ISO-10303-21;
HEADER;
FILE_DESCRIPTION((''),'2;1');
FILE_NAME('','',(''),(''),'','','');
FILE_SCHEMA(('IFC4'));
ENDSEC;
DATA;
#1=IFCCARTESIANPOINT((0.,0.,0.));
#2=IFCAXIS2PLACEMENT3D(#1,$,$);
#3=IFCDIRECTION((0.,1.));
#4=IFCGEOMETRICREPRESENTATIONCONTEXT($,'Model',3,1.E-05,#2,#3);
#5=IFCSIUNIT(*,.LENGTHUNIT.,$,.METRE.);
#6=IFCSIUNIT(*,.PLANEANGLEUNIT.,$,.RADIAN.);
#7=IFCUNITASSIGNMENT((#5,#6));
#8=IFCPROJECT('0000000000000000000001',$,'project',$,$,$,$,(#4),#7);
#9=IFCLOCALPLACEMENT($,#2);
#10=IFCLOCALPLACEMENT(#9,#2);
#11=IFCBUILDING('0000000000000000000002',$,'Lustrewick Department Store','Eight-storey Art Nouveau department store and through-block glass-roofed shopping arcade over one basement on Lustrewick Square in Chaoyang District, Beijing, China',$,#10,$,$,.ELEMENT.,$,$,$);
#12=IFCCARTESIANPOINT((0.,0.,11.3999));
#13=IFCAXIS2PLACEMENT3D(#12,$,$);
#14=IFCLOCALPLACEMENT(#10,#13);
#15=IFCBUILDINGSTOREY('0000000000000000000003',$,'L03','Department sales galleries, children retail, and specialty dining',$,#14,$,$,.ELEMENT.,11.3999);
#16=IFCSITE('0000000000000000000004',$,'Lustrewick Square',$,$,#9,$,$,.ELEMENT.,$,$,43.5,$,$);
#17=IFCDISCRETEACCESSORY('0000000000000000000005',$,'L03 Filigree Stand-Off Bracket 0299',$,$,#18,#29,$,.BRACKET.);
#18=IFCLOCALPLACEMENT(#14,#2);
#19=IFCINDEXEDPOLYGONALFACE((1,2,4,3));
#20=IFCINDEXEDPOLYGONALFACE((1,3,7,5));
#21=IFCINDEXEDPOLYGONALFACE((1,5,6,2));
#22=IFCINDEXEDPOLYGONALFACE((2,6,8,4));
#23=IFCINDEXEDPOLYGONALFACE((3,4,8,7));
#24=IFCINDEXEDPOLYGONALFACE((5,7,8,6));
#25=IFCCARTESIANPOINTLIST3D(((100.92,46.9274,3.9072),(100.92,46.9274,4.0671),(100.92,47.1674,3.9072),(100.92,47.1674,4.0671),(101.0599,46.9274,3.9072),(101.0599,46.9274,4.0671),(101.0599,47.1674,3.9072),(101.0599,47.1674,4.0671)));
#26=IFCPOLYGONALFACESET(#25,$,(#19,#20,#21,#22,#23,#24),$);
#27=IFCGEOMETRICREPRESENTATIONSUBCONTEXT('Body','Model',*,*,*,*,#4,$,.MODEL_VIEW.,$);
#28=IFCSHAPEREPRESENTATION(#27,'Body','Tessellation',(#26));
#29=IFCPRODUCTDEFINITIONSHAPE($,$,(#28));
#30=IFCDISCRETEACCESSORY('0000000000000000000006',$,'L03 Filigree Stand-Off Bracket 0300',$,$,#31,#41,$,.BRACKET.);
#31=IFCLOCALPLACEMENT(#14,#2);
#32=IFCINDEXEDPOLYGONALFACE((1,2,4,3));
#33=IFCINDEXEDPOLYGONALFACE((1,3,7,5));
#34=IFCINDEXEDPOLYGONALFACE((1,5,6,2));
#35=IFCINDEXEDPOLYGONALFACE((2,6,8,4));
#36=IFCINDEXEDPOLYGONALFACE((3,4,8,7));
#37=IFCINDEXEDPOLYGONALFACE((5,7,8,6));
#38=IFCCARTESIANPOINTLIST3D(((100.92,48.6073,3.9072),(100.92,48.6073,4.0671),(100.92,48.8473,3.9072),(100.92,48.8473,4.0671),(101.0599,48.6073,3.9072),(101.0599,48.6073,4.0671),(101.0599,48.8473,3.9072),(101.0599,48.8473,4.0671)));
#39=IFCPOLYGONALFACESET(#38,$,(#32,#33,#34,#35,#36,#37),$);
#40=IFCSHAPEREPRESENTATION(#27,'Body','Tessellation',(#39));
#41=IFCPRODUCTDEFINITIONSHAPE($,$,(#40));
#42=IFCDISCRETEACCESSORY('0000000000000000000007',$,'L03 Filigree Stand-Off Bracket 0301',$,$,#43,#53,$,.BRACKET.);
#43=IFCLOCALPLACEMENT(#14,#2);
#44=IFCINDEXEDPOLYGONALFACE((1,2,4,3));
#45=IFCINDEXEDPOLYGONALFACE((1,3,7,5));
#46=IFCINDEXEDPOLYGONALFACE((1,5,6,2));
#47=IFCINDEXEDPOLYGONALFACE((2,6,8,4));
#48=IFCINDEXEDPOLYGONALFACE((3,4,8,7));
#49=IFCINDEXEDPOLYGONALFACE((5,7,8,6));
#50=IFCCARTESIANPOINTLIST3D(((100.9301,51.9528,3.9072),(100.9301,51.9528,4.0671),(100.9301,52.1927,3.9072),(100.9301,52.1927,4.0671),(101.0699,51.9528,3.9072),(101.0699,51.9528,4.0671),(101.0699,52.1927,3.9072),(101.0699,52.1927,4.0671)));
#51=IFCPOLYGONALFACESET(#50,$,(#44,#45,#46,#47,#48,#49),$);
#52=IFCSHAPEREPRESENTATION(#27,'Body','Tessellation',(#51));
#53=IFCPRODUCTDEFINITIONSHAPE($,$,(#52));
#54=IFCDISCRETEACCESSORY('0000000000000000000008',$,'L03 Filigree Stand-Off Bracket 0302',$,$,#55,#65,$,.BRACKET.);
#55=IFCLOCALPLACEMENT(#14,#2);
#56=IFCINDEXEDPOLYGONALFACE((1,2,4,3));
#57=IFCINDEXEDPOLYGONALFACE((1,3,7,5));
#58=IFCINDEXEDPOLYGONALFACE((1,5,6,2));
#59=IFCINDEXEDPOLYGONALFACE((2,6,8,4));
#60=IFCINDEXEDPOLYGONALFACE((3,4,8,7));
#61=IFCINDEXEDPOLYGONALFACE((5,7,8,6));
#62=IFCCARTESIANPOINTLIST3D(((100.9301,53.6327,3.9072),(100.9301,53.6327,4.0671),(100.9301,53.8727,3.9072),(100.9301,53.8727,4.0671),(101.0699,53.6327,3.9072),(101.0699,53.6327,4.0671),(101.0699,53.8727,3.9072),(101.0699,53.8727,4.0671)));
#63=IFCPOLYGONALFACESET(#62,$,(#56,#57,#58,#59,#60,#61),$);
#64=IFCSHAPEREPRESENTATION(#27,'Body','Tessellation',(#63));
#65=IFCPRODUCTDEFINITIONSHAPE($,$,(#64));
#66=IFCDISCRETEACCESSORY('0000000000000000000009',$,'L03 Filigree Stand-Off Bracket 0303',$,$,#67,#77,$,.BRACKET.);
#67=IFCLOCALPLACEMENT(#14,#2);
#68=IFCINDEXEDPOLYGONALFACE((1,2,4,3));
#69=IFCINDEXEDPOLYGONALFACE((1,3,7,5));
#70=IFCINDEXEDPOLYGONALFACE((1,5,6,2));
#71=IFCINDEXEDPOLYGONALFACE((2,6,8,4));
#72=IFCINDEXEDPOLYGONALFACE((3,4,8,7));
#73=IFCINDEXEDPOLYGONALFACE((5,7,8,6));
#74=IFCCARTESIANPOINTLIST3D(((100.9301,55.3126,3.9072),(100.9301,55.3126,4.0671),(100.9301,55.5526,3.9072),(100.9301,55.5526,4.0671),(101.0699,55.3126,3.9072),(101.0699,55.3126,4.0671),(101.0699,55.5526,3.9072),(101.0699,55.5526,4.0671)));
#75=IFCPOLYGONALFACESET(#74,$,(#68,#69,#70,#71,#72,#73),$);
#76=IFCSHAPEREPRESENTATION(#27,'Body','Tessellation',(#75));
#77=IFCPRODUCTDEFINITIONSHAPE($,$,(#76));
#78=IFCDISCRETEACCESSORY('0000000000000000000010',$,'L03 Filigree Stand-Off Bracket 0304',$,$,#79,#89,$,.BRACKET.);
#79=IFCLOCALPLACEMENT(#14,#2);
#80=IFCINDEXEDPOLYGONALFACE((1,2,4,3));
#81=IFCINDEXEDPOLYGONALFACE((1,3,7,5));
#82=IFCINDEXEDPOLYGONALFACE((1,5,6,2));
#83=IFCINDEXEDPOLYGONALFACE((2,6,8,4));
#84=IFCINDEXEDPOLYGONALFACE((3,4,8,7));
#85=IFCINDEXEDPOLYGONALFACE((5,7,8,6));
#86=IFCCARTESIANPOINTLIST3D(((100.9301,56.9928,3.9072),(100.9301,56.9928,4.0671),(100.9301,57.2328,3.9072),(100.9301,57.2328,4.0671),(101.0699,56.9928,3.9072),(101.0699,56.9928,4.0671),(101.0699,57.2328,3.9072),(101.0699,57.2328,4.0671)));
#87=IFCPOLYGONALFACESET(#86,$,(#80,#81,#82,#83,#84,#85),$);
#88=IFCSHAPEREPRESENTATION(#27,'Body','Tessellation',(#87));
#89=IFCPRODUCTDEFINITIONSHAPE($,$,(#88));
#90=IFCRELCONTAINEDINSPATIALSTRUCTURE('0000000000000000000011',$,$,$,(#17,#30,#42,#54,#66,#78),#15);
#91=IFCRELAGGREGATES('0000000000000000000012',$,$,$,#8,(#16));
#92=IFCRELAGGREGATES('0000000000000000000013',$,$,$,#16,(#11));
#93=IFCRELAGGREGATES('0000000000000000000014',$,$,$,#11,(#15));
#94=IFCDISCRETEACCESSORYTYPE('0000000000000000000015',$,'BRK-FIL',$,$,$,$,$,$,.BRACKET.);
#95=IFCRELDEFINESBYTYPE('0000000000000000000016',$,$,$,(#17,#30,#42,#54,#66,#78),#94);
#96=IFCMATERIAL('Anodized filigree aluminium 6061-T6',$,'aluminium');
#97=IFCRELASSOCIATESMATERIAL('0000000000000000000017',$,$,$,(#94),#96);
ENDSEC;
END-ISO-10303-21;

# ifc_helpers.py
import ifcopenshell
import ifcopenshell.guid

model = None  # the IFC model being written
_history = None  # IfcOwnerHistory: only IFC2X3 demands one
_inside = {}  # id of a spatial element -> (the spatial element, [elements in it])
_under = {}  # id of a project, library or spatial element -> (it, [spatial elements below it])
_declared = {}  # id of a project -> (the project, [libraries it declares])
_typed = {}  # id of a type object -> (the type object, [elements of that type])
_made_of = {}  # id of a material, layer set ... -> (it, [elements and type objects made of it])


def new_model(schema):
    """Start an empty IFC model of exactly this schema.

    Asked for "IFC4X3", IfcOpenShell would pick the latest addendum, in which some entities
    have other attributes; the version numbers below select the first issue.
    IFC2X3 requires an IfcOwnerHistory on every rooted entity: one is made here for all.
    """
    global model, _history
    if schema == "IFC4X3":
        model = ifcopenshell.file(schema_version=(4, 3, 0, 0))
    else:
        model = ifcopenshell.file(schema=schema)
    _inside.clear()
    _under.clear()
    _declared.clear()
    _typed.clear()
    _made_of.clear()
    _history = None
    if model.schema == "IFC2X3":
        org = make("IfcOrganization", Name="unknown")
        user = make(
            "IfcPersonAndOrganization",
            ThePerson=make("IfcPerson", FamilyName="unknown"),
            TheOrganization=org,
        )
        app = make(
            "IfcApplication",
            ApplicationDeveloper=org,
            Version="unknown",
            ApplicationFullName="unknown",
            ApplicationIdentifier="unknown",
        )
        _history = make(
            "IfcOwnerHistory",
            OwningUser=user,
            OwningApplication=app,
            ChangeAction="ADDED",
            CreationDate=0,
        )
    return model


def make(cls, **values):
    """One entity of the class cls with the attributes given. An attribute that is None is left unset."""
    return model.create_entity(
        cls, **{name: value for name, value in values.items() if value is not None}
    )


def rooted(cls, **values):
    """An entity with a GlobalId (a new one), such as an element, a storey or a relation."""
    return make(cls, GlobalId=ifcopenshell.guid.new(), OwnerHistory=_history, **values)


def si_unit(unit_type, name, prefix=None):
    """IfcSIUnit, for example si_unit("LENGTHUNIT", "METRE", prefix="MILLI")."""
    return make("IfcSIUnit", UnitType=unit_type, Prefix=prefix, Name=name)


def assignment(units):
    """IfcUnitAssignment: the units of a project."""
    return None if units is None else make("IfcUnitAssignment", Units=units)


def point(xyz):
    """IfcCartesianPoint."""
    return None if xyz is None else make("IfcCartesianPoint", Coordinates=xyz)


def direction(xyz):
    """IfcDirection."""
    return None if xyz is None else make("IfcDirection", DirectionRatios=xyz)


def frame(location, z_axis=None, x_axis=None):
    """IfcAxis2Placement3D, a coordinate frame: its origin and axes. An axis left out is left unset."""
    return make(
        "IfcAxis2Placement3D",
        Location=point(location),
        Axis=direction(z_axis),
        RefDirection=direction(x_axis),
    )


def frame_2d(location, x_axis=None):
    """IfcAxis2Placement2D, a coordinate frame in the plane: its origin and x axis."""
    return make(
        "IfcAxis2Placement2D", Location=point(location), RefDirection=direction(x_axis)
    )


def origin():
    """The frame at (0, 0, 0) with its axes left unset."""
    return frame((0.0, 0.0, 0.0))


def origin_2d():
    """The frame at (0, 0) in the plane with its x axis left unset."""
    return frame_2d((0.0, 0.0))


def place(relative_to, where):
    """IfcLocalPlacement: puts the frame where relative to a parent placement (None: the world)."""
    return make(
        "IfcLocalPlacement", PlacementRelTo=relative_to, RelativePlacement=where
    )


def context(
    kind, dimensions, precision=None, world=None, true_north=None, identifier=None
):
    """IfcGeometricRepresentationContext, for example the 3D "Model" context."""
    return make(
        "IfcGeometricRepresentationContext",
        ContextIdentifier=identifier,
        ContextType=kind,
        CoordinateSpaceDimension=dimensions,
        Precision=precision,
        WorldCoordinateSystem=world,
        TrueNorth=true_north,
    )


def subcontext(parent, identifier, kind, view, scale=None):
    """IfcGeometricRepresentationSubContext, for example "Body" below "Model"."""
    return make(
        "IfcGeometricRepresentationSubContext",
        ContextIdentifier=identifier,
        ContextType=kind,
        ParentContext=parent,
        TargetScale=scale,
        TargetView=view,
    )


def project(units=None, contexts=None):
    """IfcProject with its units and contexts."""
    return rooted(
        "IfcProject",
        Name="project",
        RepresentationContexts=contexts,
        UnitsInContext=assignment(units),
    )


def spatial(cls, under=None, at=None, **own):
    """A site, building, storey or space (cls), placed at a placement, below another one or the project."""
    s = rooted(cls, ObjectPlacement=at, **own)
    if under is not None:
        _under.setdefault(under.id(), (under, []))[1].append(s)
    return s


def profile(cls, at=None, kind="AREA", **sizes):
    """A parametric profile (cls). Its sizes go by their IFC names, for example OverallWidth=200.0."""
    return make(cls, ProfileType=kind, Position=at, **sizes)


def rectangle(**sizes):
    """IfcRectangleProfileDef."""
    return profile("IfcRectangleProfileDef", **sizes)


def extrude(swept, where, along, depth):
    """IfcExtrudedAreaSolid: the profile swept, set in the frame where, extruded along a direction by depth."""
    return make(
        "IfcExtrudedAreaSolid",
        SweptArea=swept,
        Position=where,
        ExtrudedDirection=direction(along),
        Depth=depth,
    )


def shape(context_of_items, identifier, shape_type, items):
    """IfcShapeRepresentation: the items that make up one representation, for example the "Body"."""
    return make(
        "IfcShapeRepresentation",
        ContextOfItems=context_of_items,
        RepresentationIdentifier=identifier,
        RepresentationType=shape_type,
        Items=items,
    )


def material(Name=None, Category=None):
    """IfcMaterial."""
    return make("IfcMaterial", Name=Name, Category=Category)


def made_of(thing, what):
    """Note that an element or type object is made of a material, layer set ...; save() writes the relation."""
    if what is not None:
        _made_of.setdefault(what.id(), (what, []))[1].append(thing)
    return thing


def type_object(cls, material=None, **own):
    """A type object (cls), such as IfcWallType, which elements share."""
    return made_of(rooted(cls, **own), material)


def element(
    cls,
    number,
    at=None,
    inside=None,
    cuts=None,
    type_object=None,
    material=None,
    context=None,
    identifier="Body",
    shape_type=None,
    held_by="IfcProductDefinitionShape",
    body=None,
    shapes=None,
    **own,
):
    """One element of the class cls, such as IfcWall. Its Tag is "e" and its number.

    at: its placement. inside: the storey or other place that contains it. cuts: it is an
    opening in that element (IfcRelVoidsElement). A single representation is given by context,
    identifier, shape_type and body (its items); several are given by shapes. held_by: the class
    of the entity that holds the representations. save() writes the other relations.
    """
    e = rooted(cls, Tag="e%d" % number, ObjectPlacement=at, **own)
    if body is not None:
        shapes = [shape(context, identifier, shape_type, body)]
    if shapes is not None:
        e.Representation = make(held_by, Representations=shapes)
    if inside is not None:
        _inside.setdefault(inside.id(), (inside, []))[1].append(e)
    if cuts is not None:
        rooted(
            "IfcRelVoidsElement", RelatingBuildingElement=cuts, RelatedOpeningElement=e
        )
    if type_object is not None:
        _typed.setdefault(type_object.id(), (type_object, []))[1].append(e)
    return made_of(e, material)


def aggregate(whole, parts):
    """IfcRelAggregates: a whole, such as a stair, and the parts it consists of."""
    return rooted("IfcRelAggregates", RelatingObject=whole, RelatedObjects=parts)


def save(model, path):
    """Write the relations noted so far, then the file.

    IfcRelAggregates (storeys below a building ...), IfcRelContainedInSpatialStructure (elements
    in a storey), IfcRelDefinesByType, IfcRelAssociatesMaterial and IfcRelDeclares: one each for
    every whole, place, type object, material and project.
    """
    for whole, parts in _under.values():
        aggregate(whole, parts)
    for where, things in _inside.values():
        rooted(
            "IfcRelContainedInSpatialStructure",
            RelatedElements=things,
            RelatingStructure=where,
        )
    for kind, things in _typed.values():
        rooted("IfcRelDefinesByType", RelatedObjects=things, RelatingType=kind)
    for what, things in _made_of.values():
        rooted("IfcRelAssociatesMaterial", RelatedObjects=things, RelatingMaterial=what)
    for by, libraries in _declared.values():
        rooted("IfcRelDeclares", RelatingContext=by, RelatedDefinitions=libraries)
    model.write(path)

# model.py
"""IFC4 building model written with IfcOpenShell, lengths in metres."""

from ifc_helpers import new_model, si_unit, direction, frame, origin, origin_2d, place, context, subcontext, project, spatial, rectangle, extrude, material, type_object, element, save


model = new_model("IFC4")

# Units and contexts
model_context = context("Model", 3, precision=1e-05, world=origin(), true_north=direction((0.0, 1.0)))
body_context = subcontext(model_context, "Body", "Model", "MODEL_VIEW")
ifc_project = project(units=[si_unit("LENGTHUNIT", "METRE"), si_unit("PLANEANGLEUNIT", "RADIAN")], contexts=[model_context])

# Site, building, storey
site_placement = place(None, origin())
site = spatial("IfcSite", under=ifc_project, at=site_placement, Name="Lustrewick Square", CompositionType="ELEMENT", RefElevation=43.5)
building_placement = place(site_placement, origin())
building = spatial("IfcBuilding", under=site, at=building_placement, Name="Lustrewick Department Store", Description="Eight-storey Art Nouveau department store and through-block glass-roofed shopping arcade over one basement on Lustrewick Square in Chaoyang District, Beijing, China", CompositionType="ELEMENT")
storey_placement = place(building_placement, frame((0.0, 0.0, 11.3999)))
storey = spatial("IfcBuildingStorey", under=building, at=storey_placement, Name="L03", Description="Department sales galleries, children retail, and specialty dining", CompositionType="ELEMENT", Elevation=11.3999)

# Discrete accessories
ifc_material_1 = material(Name="Anodized filigree aluminium 6061-T6", Category="aluminium")
discrete_accessory_type = type_object("IfcDiscreteAccessoryType", Name="BRK-FIL", PredefinedType="BRACKET", material=ifc_material_1)
for number, where, z_axis, x_axis, name in (
    (1, (100.99, 47.0474, 3.9072), (0.0, 0.0, 1.0), (0.0, 1.0, 0.0), "L03 Filigree Stand-Off Bracket 0299"),
    (2, (100.99, 48.7273, 3.9072), (0.0, 0.0, 1.0), (0.0, 1.0, 0.0), "L03 Filigree Stand-Off Bracket 0300"),
    (3, (101.0, 52.0728, 3.9072), (0.0, 0.0, 1.0), (0.0, 1.0, 0.0), "L03 Filigree Stand-Off Bracket 0301"),
    (4, (101.0, 53.7527, 3.9072), (0.0, 0.0, 1.0), (0.0, 1.0, 0.0), "L03 Filigree Stand-Off Bracket 0302"),
    (5, (101.0, 55.4326, 3.9072), (0.0, 0.0, 1.0), (0.0, 1.0, 0.0), "L03 Filigree Stand-Off Bracket 0303"),
    (6, (101.0, 57.1128, 3.9072), (0.0, 0.0, 1.0), (0.0, 1.0, 0.0), "L03 Filigree Stand-Off Bracket 0304"),
):
    element("IfcDiscreteAccessory", number, at=place(storey_placement, frame(where, z_axis=z_axis, x_axis=x_axis)), inside=storey, type_object=discrete_accessory_type, Name=name, PredefinedType="BRACKET", context=body_context, shape_type="SweptSolid", body=[
        extrude(rectangle(XDim=0.24, YDim=0.1399, at=origin_2d()), origin(), (0.0, 0.0, 1.0), 0.1599),
    ])

save(model, "model.ifc")
